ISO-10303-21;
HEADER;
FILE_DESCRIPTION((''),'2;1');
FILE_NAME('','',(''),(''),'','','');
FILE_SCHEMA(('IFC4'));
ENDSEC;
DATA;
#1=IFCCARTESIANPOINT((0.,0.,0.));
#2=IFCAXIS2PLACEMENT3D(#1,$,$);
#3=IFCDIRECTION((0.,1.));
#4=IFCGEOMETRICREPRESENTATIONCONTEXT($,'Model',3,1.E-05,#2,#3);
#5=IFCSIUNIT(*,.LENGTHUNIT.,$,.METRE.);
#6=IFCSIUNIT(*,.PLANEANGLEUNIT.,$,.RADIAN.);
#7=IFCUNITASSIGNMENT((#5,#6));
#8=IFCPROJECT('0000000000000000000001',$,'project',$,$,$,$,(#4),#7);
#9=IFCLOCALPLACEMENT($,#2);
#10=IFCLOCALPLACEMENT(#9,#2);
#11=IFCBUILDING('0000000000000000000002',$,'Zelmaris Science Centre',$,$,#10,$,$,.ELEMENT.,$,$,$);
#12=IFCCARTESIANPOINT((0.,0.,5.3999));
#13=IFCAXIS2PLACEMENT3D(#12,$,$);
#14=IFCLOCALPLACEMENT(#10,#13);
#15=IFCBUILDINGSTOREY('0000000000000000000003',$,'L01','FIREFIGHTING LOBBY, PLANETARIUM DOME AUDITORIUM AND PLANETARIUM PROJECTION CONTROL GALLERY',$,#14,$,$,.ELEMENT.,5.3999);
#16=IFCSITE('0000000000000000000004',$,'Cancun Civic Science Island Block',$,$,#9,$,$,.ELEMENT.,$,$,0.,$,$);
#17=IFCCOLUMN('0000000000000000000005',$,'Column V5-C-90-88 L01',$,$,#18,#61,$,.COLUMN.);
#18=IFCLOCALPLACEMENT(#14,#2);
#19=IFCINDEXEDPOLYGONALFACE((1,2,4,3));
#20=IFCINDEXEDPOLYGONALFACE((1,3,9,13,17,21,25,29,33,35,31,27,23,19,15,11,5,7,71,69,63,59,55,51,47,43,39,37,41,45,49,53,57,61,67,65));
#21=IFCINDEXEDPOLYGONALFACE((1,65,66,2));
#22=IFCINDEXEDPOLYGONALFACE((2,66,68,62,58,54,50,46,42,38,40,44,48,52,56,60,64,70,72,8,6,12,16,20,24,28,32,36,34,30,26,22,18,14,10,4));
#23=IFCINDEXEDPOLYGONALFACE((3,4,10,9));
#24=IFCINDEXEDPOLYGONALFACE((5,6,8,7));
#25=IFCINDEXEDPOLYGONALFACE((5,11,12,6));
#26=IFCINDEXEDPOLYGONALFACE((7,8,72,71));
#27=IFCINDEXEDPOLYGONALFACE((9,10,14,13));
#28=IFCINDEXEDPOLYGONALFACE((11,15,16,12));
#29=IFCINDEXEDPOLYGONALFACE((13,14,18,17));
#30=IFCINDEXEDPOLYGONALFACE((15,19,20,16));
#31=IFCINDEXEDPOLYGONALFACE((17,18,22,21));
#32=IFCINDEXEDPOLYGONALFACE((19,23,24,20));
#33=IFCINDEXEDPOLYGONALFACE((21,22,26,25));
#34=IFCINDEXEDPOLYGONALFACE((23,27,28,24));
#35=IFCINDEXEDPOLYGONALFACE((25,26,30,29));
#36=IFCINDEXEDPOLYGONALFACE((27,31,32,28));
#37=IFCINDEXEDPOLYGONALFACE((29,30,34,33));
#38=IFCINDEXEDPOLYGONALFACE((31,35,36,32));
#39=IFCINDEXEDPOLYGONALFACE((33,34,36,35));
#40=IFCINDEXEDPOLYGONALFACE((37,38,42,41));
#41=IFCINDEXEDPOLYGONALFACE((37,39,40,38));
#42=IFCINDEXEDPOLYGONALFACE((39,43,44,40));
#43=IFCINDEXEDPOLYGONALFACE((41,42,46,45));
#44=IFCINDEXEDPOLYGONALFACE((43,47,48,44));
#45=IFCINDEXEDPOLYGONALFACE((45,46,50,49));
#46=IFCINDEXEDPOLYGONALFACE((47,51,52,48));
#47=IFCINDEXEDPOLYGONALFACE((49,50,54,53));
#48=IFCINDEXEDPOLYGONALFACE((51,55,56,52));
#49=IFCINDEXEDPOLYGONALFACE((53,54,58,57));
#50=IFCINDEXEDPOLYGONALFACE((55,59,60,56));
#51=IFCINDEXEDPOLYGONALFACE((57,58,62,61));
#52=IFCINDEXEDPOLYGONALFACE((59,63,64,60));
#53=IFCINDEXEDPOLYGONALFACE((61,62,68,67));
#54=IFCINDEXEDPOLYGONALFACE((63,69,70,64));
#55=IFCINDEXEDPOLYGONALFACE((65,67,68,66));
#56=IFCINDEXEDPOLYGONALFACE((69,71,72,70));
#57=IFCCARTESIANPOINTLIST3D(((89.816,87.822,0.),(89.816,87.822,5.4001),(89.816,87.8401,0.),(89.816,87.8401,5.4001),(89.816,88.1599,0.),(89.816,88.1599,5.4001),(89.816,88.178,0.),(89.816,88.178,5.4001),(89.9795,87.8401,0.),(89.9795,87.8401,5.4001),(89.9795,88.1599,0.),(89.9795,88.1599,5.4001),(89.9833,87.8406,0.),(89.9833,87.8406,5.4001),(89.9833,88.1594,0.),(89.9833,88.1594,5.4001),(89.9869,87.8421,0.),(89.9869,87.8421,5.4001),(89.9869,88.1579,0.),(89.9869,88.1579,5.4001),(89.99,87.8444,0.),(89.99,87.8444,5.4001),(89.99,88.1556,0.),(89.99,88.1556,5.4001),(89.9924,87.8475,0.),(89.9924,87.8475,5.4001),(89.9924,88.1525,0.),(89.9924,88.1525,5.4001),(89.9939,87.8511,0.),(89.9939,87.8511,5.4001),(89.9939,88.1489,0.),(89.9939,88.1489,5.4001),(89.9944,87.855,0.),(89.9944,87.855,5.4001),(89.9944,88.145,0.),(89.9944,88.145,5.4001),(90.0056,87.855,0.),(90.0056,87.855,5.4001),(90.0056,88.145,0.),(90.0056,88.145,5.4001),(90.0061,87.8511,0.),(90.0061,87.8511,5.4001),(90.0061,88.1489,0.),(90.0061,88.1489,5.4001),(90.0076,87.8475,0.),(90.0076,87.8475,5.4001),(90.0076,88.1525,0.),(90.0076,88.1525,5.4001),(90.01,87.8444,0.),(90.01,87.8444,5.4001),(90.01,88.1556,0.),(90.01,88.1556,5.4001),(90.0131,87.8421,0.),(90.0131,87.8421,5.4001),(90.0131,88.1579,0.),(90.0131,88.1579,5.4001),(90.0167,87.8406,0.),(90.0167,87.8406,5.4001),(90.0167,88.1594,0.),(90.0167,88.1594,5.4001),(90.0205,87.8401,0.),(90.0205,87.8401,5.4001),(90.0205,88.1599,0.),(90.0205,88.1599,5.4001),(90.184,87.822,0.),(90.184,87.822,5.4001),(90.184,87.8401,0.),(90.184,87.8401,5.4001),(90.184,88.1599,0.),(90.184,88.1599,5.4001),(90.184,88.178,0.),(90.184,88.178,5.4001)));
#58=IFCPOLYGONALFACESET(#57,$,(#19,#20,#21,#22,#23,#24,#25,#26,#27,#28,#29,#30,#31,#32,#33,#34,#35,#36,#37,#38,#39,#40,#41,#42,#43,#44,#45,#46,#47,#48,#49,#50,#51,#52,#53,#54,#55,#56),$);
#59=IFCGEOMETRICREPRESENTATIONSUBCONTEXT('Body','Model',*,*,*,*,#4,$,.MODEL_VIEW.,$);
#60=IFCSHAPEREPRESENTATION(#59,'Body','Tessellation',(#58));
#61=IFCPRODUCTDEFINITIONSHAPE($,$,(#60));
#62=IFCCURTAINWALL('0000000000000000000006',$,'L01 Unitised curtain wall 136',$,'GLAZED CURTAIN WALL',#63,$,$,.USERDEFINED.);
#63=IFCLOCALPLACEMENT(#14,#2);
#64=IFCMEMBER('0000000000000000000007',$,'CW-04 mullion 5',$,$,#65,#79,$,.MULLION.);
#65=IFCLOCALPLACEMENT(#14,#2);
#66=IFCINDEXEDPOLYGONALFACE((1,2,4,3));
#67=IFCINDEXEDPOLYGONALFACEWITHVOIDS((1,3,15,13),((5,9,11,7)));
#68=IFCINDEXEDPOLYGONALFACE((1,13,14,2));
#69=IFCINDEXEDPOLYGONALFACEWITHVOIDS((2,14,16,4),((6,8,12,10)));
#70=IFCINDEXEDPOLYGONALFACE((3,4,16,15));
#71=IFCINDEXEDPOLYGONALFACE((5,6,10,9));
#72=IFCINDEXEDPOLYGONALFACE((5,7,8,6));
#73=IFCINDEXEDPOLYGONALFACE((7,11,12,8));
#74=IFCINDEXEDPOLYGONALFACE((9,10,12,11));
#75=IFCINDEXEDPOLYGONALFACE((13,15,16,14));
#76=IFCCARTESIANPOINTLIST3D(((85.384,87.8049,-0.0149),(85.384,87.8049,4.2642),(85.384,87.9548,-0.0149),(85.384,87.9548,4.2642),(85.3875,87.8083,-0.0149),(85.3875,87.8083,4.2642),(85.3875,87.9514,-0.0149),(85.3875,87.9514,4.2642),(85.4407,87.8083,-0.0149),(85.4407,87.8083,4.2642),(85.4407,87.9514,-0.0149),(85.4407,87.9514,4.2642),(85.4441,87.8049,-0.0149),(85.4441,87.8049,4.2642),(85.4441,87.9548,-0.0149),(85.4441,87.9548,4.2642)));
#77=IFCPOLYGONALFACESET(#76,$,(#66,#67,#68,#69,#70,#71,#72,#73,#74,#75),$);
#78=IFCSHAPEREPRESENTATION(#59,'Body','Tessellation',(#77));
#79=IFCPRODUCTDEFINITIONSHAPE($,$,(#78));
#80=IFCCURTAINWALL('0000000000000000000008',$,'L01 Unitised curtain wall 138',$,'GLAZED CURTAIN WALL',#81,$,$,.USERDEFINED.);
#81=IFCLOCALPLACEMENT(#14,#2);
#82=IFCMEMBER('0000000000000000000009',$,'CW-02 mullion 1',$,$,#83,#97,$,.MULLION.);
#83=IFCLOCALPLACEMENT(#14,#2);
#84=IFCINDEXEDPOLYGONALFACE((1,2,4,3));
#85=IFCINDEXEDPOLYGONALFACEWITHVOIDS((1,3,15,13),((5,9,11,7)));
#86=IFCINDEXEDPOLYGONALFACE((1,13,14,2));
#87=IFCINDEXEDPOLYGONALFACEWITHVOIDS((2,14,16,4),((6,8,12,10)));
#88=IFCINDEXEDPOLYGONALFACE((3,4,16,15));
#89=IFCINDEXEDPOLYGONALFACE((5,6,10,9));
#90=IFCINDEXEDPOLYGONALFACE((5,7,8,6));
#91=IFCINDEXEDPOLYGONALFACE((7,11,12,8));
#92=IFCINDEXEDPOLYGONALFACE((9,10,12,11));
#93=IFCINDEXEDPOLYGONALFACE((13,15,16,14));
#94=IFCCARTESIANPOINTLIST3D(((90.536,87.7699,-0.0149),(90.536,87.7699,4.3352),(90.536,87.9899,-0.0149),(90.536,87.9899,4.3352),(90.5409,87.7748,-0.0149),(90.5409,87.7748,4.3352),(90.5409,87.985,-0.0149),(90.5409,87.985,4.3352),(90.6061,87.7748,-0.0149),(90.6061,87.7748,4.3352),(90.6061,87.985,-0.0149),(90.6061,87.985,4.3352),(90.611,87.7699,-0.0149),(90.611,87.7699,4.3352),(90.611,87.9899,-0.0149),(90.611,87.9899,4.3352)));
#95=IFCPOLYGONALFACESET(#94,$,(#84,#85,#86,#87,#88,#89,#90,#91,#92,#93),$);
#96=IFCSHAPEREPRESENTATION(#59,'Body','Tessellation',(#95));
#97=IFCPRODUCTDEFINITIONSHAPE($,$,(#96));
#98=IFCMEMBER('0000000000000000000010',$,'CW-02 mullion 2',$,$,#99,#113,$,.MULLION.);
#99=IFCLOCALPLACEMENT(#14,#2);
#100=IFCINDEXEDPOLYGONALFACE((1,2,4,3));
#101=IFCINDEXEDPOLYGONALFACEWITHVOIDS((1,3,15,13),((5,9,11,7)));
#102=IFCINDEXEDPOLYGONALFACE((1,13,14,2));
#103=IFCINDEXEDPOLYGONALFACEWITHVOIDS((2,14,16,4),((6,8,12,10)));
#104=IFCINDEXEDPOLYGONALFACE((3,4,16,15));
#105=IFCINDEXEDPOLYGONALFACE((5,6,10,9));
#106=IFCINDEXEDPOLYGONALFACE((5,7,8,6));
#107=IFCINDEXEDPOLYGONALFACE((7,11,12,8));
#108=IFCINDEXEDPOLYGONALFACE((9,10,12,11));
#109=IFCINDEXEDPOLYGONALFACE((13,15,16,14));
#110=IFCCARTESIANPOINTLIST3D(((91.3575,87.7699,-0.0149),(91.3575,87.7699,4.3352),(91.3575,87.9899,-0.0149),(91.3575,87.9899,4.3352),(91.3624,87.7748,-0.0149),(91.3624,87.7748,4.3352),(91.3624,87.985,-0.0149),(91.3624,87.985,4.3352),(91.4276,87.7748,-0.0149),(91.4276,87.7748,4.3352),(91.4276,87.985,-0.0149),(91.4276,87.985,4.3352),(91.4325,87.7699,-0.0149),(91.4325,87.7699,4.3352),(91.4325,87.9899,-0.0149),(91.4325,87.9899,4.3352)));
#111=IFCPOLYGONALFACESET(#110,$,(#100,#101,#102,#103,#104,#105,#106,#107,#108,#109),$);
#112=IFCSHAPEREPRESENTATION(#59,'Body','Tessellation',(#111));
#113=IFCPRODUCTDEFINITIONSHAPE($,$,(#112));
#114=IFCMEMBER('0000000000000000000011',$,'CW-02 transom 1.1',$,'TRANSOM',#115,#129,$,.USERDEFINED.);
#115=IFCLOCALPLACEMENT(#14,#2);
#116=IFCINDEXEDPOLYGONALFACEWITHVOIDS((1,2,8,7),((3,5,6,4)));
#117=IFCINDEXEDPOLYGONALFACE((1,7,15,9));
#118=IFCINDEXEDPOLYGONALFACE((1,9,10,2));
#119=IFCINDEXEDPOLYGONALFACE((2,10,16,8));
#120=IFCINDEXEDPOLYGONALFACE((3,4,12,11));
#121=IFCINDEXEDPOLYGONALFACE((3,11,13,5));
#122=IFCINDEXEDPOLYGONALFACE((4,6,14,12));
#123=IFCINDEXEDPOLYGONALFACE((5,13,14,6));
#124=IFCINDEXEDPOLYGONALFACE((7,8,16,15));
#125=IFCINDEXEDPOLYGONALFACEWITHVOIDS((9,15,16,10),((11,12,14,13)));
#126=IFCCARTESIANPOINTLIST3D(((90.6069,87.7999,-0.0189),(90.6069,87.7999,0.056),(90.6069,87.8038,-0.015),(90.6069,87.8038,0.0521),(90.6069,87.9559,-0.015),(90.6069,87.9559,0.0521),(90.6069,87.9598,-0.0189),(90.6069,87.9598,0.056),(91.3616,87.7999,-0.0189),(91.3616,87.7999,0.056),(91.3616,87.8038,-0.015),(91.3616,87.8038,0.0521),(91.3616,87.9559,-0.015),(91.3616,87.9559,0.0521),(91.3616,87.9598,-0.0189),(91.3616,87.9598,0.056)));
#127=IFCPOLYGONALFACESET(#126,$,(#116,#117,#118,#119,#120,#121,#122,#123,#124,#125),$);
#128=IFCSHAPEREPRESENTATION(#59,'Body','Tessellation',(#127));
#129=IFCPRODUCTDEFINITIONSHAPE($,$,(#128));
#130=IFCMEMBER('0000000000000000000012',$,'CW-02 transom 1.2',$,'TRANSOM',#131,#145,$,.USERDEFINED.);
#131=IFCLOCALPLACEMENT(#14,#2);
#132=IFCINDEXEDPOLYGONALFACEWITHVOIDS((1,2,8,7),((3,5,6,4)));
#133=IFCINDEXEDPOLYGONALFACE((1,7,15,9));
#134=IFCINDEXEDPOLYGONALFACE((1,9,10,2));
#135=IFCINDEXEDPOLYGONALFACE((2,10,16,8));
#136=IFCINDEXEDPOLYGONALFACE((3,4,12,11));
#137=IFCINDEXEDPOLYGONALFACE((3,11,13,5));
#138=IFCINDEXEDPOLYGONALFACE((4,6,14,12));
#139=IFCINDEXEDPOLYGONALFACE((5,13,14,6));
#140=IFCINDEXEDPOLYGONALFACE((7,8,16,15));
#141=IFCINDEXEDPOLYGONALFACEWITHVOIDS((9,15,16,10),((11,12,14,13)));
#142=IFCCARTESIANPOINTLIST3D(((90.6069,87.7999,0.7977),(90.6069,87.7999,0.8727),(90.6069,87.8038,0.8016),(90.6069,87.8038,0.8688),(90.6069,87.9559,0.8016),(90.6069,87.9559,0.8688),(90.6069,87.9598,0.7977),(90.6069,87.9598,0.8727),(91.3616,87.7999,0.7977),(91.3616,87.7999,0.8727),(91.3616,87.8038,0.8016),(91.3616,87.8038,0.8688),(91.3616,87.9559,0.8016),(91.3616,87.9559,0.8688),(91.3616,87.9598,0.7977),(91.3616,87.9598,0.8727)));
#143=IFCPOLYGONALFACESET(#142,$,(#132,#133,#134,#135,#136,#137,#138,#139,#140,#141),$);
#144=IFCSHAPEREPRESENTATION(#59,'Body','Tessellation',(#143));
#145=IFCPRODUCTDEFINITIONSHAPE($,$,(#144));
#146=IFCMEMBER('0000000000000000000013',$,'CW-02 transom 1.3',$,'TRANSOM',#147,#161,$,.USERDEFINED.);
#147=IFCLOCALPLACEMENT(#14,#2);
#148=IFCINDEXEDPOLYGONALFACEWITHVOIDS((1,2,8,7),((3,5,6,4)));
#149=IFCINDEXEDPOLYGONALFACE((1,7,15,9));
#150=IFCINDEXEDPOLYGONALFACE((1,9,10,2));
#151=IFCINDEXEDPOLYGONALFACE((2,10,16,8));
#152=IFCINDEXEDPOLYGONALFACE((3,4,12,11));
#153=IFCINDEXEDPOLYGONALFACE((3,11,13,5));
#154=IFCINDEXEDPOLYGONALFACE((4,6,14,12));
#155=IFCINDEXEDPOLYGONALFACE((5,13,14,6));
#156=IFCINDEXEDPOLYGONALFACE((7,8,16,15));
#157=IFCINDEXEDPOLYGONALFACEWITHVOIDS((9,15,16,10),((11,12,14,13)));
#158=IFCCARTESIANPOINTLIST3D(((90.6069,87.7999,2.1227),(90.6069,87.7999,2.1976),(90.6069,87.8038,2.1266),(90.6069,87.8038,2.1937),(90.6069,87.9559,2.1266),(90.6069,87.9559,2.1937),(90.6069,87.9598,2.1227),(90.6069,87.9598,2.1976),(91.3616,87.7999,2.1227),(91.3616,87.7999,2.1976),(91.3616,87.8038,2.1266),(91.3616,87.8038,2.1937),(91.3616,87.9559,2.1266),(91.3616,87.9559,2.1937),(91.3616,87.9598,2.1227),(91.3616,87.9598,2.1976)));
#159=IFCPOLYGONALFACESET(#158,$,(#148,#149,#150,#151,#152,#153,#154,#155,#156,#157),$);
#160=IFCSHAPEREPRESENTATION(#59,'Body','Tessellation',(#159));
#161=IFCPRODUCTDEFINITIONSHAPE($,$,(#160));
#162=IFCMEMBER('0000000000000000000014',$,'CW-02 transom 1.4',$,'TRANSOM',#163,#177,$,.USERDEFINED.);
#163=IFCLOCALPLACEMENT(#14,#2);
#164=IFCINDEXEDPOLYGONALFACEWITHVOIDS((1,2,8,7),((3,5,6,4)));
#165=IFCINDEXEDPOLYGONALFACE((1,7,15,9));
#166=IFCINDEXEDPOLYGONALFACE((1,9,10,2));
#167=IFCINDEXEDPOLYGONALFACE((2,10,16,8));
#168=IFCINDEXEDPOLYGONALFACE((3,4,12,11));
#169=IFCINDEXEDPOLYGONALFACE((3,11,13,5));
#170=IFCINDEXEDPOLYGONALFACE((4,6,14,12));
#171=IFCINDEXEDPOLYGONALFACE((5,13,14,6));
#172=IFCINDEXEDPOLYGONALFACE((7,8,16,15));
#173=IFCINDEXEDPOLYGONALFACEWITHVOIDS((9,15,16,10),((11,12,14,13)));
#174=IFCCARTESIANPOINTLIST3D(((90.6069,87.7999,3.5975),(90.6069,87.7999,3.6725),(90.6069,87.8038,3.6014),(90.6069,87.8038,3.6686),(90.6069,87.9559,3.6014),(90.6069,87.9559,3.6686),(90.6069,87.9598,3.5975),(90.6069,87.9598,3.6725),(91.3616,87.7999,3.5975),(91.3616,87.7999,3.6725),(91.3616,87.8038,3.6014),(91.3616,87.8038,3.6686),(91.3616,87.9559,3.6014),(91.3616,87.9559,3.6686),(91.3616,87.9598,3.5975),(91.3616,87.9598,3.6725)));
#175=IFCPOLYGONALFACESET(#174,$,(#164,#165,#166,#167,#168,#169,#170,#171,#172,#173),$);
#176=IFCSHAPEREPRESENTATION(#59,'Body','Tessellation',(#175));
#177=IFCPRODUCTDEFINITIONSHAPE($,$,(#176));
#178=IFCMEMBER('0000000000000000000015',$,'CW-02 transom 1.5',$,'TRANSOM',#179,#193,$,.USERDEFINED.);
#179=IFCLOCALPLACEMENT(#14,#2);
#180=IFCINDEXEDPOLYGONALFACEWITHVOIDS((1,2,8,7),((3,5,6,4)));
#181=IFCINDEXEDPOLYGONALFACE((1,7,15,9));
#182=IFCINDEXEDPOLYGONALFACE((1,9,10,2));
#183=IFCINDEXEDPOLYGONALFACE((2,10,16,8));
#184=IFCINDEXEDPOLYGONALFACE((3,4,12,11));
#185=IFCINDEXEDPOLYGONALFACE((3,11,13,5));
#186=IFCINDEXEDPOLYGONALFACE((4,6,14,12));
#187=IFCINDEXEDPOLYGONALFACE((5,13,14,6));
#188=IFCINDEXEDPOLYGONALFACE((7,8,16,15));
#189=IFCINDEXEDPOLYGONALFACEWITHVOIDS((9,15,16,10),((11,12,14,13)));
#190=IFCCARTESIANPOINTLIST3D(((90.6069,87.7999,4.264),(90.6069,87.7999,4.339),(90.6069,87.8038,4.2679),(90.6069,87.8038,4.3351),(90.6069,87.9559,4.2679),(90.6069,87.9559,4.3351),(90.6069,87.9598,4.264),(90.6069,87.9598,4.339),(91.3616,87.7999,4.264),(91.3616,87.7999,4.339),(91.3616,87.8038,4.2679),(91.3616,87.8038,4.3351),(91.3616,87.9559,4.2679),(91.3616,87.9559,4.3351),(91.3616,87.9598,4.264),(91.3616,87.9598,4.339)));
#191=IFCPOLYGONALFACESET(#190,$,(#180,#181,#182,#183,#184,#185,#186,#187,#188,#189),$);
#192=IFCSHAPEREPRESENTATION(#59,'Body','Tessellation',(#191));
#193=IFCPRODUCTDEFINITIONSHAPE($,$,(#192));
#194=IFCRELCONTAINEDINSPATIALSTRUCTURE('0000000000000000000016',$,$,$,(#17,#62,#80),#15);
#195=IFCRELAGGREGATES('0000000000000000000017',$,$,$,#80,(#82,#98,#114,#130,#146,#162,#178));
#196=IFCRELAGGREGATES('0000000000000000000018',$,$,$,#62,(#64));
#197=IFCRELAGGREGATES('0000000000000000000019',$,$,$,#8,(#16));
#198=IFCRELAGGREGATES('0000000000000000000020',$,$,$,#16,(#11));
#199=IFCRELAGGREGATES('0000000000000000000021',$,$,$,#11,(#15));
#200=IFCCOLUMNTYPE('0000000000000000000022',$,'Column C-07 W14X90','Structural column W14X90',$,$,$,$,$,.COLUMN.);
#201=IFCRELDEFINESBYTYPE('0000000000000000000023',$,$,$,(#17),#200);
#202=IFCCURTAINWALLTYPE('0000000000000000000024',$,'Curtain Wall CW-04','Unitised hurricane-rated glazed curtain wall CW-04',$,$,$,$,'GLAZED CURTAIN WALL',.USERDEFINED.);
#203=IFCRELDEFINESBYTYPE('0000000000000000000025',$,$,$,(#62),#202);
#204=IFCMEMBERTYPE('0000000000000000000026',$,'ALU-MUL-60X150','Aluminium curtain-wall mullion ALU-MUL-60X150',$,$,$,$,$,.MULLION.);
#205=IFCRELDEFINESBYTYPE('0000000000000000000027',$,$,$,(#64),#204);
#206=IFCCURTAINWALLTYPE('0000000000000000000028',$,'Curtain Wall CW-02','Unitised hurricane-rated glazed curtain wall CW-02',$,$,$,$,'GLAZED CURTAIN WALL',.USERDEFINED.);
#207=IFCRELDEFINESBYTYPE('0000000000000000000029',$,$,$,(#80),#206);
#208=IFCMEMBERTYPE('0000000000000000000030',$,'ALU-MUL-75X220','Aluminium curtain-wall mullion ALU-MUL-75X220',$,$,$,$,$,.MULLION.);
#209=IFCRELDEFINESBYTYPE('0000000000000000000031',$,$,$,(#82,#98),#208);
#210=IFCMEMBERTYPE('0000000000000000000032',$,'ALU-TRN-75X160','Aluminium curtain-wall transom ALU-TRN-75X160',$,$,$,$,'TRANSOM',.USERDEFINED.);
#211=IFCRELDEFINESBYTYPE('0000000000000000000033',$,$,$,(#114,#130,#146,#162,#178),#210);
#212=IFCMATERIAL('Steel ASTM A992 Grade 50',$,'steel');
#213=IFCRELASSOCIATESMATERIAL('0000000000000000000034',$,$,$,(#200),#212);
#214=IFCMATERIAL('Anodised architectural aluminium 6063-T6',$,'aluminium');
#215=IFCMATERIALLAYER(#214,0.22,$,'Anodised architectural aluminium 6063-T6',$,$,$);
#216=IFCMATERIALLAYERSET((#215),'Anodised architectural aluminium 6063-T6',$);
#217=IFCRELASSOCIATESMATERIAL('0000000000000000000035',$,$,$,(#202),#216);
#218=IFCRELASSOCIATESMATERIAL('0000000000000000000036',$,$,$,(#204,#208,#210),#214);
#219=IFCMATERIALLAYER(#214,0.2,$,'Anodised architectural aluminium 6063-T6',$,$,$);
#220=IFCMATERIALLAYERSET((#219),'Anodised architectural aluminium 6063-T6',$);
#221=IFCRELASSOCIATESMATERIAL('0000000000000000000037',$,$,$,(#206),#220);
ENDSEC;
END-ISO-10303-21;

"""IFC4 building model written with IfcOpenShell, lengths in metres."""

from ifc_helpers import new_model, si_unit, direction, frame, origin, origin_2d, place, context, subcontext, project, spatial, hollow_rectangle, i_section, extrude, material, layer, layer_set, material_profile, profile_set, type_object, element, aggregate, save


model = new_model("IFC4")

# Units and contexts
model_context = context("Model", 3, precision=1e-05, world=origin(), true_north=direction((0.0, 1.0)))
body_context = subcontext(model_context, "Body", "Model", "MODEL_VIEW")
ifc_project = project(units=[si_unit("LENGTHUNIT", "METRE"), si_unit("PLANEANGLEUNIT", "RADIAN")], contexts=[model_context])

# Site, building, storey
site_placement = place(None, origin())
site = spatial("IfcSite", under=ifc_project, at=site_placement, Name="Cancun Civic Science Island Block", CompositionType="ELEMENT", RefElevation=0.0)
building_placement = place(site_placement, origin())
building = spatial("IfcBuilding", under=site, at=building_placement, Name="Zelmaris Science Centre", CompositionType="ELEMENT")
storey_placement = place(building_placement, frame((0.0, 0.0, 5.3999)))
storey = spatial("IfcBuildingStorey", under=building, at=storey_placement, Name="L01", Description="FIREFIGHTING LOBBY, PLANETARIUM DOME AUDITORIUM AND PLANETARIUM PROJECTION CONTROL GALLERY", CompositionType="ELEMENT", Elevation=5.3999)

# Column
ifc_material_1 = material(Name="Steel ASTM A992 Grade 50", Category="steel")
ifc_material_profile_1 = material_profile(ifc_material_1, i_section(OverallWidth=0.3679, OverallDepth=0.356, WebThickness=0.0112, FlangeThickness=0.0181, FilletRadius=0.0149, at=origin_2d()), Name="W14X90")
ifc_profile_set_1 = profile_set([ifc_material_profile_1], Name="Steel ASTM A992 Grade 50")
column_type = type_object("IfcColumnType", Name="Column C-07 W14X90", Description="Structural column W14X90", PredefinedType="COLUMN", material=ifc_profile_set_1)
column_placement = place(storey_placement, frame((90.0, 88.0, 0.0), z_axis=(0.0, 0.0, 1.0), x_axis=(1.0, 0.0, 0.0)))
element("IfcColumn", 1, at=column_placement, inside=storey, type_object=column_type, Name="Column V5-C-90-88 L01", PredefinedType="COLUMN", context=body_context, shape_type="SweptSolid", body=[
    extrude(i_section(OverallWidth=0.3679, OverallDepth=0.356, WebThickness=0.0112, FlangeThickness=0.0181, FilletRadius=0.0149, at=origin_2d()), origin(), (0.0, 0.0, 1.0), 5.4001),
])

# Curtain wall, member
ifc_material_2 = material(Name="Anodised architectural aluminium 6063-T6", Category="aluminium")
ifc_layer_1 = layer(ifc_material_2, 0.22, Name="Anodised architectural aluminium 6063-T6")
ifc_layer_set_1 = layer_set([ifc_layer_1], Name="Anodised architectural aluminium 6063-T6")
curtain_wall_type_1 = type_object("IfcCurtainWallType", Name="Curtain Wall CW-04", Description="Unitised hurricane-rated glazed curtain wall CW-04", ElementType="GLAZED CURTAIN WALL", PredefinedType="USERDEFINED", material=ifc_layer_set_1)
curtain_wall_1_placement = place(storey_placement, origin())
curtain_wall_1 = element("IfcCurtainWall", 2, at=curtain_wall_1_placement, inside=storey, type_object=curtain_wall_type_1, Name="L01 Unitised curtain wall 136", ObjectType="GLAZED CURTAIN WALL", PredefinedType="USERDEFINED")
ifc_material_profile_2 = material_profile(ifc_material_2, hollow_rectangle(XDim=0.0601, YDim=0.1499, WallThickness=0.0034, at=origin_2d()), Name="ALU-MUL-60X150")
ifc_profile_set_2 = profile_set([ifc_material_profile_2], Name="Anodised architectural aluminium 6063-T6")
member_type_1 = type_object("IfcMemberType", Name="ALU-MUL-60X150", Description="Aluminium curtain-wall mullion ALU-MUL-60X150", PredefinedType="MULLION", material=ifc_profile_set_2)
member_1_placement = place(storey_placement, frame((85.4141, 87.8799, -0.0149), z_axis=(0.0, 0.0, 1.0), x_axis=(1.0, 0.0, 0.0)))
member_1 = element("IfcMember", 3, at=member_1_placement, type_object=member_type_1, Name="CW-04 mullion 5", PredefinedType="MULLION", context=body_context, shape_type="SweptSolid", body=[
    extrude(hollow_rectangle(XDim=0.0601, YDim=0.1499, WallThickness=0.0034, at=origin_2d()), origin(), (0.0, 0.0, 1.0), 4.2791),
])

# Curtain wall, members
ifc_layer_2 = layer(ifc_material_2, 0.2, Name="Anodised architectural aluminium 6063-T6")
ifc_layer_set_2 = layer_set([ifc_layer_2], Name="Anodised architectural aluminium 6063-T6")
curtain_wall_type_2 = type_object("IfcCurtainWallType", Name="Curtain Wall CW-02", Description="Unitised hurricane-rated glazed curtain wall CW-02", ElementType="GLAZED CURTAIN WALL", PredefinedType="USERDEFINED", material=ifc_layer_set_2)
curtain_wall_2_placement = place(storey_placement, origin())
curtain_wall_2 = element("IfcCurtainWall", 4, at=curtain_wall_2_placement, inside=storey, type_object=curtain_wall_type_2, Name="L01 Unitised curtain wall 138", ObjectType="GLAZED CURTAIN WALL", PredefinedType="USERDEFINED")
ifc_material_profile_3 = material_profile(ifc_material_2, hollow_rectangle(XDim=0.075, YDim=0.22, WallThickness=0.0049, at=origin_2d()), Name="ALU-MUL-75X220")
ifc_profile_set_3 = profile_set([ifc_material_profile_3], Name="Anodised architectural aluminium 6063-T6")
member_type_2 = type_object("IfcMemberType", Name="ALU-MUL-75X220", Description="Aluminium curtain-wall mullion ALU-MUL-75X220", PredefinedType="MULLION", material=ifc_profile_set_3)
member_2_placement = place(storey_placement, frame((90.5735, 87.8799, -0.0149), z_axis=(0.0, 0.0, 1.0), x_axis=(1.0, 0.0, 0.0)))
member_2 = element("IfcMember", 5, at=member_2_placement, type_object=member_type_2, Name="CW-02 mullion 1", PredefinedType="MULLION", context=body_context, shape_type="SweptSolid", body=[
    extrude(hollow_rectangle(XDim=0.075, YDim=0.22, WallThickness=0.0049, at=origin_2d()), origin(), (0.0, 0.0, 1.0), 4.3501),
])
member_3_placement = place(storey_placement, frame((91.395, 87.8799, -0.0149), z_axis=(0.0, 0.0, 1.0), x_axis=(1.0, 0.0, 0.0)))
member_3 = element("IfcMember", 6, at=member_3_placement, type_object=member_type_2, Name="CW-02 mullion 2", PredefinedType="MULLION", context=body_context, shape_type="SweptSolid", body=[
    extrude(hollow_rectangle(XDim=0.075, YDim=0.22, WallThickness=0.0049, at=origin_2d()), origin(), (0.0, 0.0, 1.0), 4.3501),
])
ifc_material_profile_4 = material_profile(ifc_material_2, hollow_rectangle(XDim=0.075, YDim=0.1599, WallThickness=0.0039, at=origin_2d()), Name="ALU-TRN-75X160")
ifc_profile_set_4 = profile_set([ifc_material_profile_4], Name="Anodised architectural aluminium 6063-T6")
member_type_3 = type_object("IfcMemberType", Name="ALU-TRN-75X160", Description="Aluminium curtain-wall transom ALU-TRN-75X160", ElementType="TRANSOM", PredefinedType="USERDEFINED", material=ifc_profile_set_4)
member_4_placement = place(storey_placement, frame((90.6069, 87.8799, 0.0186), z_axis=(1.0, 0.0, 0.0), x_axis=(0.0, 0.0, 1.0)))
member_4 = element("IfcMember", 7, at=member_4_placement, type_object=member_type_3, Name="CW-02 transom 1.1", ObjectType="TRANSOM", PredefinedType="USERDEFINED", context=body_context, shape_type="SweptSolid", body=[
    extrude(hollow_rectangle(XDim=0.075, YDim=0.1599, WallThickness=0.0039, at=origin_2d()), origin(), (0.0, 0.0, 1.0), 0.7546),
])
member_5_placement = place(storey_placement, frame((90.6069, 87.8799, 0.8352), z_axis=(1.0, 0.0, 0.0), x_axis=(0.0, 0.0, 1.0)))
member_5 = element("IfcMember", 8, at=member_5_placement, type_object=member_type_3, Name="CW-02 transom 1.2", ObjectType="TRANSOM", PredefinedType="USERDEFINED", context=body_context, shape_type="SweptSolid", body=[
    extrude(hollow_rectangle(XDim=0.075, YDim=0.1599, WallThickness=0.0039, at=origin_2d()), origin(), (0.0, 0.0, 1.0), 0.7546),
])
member_6_placement = place(storey_placement, frame((90.6069, 87.8799, 2.1602), z_axis=(1.0, 0.0, 0.0), x_axis=(0.0, 0.0, 1.0)))
member_6 = element("IfcMember", 9, at=member_6_placement, type_object=member_type_3, Name="CW-02 transom 1.3", ObjectType="TRANSOM", PredefinedType="USERDEFINED", context=body_context, shape_type="SweptSolid", body=[
    extrude(hollow_rectangle(XDim=0.075, YDim=0.1599, WallThickness=0.0039, at=origin_2d()), origin(), (0.0, 0.0, 1.0), 0.7546),
])
member_7_placement = place(storey_placement, frame((90.6069, 87.8799, 3.635), z_axis=(1.0, 0.0, 0.0), x_axis=(0.0, 0.0, 1.0)))
member_7 = element("IfcMember", 10, at=member_7_placement, type_object=member_type_3, Name="CW-02 transom 1.4", ObjectType="TRANSOM", PredefinedType="USERDEFINED", context=body_context, shape_type="SweptSolid", body=[
    extrude(hollow_rectangle(XDim=0.075, YDim=0.1599, WallThickness=0.0039, at=origin_2d()), origin(), (0.0, 0.0, 1.0), 0.7546),
])
member_8_placement = place(storey_placement, frame((90.6069, 87.8799, 4.3015), z_axis=(1.0, 0.0, 0.0), x_axis=(0.0, 0.0, 1.0)))
member_8 = element("IfcMember", 11, at=member_8_placement, type_object=member_type_3, Name="CW-02 transom 1.5", ObjectType="TRANSOM", PredefinedType="USERDEFINED", context=body_context, shape_type="SweptSolid", body=[
    extrude(hollow_rectangle(XDim=0.075, YDim=0.1599, WallThickness=0.0039, at=origin_2d()), origin(), (0.0, 0.0, 1.0), 0.7546),
])

aggregate(curtain_wall_2, [member_2, member_3, member_4, member_5, member_6, member_7, member_8])
aggregate(curtain_wall_1, [member_1])

save(model, "model.ifc")
